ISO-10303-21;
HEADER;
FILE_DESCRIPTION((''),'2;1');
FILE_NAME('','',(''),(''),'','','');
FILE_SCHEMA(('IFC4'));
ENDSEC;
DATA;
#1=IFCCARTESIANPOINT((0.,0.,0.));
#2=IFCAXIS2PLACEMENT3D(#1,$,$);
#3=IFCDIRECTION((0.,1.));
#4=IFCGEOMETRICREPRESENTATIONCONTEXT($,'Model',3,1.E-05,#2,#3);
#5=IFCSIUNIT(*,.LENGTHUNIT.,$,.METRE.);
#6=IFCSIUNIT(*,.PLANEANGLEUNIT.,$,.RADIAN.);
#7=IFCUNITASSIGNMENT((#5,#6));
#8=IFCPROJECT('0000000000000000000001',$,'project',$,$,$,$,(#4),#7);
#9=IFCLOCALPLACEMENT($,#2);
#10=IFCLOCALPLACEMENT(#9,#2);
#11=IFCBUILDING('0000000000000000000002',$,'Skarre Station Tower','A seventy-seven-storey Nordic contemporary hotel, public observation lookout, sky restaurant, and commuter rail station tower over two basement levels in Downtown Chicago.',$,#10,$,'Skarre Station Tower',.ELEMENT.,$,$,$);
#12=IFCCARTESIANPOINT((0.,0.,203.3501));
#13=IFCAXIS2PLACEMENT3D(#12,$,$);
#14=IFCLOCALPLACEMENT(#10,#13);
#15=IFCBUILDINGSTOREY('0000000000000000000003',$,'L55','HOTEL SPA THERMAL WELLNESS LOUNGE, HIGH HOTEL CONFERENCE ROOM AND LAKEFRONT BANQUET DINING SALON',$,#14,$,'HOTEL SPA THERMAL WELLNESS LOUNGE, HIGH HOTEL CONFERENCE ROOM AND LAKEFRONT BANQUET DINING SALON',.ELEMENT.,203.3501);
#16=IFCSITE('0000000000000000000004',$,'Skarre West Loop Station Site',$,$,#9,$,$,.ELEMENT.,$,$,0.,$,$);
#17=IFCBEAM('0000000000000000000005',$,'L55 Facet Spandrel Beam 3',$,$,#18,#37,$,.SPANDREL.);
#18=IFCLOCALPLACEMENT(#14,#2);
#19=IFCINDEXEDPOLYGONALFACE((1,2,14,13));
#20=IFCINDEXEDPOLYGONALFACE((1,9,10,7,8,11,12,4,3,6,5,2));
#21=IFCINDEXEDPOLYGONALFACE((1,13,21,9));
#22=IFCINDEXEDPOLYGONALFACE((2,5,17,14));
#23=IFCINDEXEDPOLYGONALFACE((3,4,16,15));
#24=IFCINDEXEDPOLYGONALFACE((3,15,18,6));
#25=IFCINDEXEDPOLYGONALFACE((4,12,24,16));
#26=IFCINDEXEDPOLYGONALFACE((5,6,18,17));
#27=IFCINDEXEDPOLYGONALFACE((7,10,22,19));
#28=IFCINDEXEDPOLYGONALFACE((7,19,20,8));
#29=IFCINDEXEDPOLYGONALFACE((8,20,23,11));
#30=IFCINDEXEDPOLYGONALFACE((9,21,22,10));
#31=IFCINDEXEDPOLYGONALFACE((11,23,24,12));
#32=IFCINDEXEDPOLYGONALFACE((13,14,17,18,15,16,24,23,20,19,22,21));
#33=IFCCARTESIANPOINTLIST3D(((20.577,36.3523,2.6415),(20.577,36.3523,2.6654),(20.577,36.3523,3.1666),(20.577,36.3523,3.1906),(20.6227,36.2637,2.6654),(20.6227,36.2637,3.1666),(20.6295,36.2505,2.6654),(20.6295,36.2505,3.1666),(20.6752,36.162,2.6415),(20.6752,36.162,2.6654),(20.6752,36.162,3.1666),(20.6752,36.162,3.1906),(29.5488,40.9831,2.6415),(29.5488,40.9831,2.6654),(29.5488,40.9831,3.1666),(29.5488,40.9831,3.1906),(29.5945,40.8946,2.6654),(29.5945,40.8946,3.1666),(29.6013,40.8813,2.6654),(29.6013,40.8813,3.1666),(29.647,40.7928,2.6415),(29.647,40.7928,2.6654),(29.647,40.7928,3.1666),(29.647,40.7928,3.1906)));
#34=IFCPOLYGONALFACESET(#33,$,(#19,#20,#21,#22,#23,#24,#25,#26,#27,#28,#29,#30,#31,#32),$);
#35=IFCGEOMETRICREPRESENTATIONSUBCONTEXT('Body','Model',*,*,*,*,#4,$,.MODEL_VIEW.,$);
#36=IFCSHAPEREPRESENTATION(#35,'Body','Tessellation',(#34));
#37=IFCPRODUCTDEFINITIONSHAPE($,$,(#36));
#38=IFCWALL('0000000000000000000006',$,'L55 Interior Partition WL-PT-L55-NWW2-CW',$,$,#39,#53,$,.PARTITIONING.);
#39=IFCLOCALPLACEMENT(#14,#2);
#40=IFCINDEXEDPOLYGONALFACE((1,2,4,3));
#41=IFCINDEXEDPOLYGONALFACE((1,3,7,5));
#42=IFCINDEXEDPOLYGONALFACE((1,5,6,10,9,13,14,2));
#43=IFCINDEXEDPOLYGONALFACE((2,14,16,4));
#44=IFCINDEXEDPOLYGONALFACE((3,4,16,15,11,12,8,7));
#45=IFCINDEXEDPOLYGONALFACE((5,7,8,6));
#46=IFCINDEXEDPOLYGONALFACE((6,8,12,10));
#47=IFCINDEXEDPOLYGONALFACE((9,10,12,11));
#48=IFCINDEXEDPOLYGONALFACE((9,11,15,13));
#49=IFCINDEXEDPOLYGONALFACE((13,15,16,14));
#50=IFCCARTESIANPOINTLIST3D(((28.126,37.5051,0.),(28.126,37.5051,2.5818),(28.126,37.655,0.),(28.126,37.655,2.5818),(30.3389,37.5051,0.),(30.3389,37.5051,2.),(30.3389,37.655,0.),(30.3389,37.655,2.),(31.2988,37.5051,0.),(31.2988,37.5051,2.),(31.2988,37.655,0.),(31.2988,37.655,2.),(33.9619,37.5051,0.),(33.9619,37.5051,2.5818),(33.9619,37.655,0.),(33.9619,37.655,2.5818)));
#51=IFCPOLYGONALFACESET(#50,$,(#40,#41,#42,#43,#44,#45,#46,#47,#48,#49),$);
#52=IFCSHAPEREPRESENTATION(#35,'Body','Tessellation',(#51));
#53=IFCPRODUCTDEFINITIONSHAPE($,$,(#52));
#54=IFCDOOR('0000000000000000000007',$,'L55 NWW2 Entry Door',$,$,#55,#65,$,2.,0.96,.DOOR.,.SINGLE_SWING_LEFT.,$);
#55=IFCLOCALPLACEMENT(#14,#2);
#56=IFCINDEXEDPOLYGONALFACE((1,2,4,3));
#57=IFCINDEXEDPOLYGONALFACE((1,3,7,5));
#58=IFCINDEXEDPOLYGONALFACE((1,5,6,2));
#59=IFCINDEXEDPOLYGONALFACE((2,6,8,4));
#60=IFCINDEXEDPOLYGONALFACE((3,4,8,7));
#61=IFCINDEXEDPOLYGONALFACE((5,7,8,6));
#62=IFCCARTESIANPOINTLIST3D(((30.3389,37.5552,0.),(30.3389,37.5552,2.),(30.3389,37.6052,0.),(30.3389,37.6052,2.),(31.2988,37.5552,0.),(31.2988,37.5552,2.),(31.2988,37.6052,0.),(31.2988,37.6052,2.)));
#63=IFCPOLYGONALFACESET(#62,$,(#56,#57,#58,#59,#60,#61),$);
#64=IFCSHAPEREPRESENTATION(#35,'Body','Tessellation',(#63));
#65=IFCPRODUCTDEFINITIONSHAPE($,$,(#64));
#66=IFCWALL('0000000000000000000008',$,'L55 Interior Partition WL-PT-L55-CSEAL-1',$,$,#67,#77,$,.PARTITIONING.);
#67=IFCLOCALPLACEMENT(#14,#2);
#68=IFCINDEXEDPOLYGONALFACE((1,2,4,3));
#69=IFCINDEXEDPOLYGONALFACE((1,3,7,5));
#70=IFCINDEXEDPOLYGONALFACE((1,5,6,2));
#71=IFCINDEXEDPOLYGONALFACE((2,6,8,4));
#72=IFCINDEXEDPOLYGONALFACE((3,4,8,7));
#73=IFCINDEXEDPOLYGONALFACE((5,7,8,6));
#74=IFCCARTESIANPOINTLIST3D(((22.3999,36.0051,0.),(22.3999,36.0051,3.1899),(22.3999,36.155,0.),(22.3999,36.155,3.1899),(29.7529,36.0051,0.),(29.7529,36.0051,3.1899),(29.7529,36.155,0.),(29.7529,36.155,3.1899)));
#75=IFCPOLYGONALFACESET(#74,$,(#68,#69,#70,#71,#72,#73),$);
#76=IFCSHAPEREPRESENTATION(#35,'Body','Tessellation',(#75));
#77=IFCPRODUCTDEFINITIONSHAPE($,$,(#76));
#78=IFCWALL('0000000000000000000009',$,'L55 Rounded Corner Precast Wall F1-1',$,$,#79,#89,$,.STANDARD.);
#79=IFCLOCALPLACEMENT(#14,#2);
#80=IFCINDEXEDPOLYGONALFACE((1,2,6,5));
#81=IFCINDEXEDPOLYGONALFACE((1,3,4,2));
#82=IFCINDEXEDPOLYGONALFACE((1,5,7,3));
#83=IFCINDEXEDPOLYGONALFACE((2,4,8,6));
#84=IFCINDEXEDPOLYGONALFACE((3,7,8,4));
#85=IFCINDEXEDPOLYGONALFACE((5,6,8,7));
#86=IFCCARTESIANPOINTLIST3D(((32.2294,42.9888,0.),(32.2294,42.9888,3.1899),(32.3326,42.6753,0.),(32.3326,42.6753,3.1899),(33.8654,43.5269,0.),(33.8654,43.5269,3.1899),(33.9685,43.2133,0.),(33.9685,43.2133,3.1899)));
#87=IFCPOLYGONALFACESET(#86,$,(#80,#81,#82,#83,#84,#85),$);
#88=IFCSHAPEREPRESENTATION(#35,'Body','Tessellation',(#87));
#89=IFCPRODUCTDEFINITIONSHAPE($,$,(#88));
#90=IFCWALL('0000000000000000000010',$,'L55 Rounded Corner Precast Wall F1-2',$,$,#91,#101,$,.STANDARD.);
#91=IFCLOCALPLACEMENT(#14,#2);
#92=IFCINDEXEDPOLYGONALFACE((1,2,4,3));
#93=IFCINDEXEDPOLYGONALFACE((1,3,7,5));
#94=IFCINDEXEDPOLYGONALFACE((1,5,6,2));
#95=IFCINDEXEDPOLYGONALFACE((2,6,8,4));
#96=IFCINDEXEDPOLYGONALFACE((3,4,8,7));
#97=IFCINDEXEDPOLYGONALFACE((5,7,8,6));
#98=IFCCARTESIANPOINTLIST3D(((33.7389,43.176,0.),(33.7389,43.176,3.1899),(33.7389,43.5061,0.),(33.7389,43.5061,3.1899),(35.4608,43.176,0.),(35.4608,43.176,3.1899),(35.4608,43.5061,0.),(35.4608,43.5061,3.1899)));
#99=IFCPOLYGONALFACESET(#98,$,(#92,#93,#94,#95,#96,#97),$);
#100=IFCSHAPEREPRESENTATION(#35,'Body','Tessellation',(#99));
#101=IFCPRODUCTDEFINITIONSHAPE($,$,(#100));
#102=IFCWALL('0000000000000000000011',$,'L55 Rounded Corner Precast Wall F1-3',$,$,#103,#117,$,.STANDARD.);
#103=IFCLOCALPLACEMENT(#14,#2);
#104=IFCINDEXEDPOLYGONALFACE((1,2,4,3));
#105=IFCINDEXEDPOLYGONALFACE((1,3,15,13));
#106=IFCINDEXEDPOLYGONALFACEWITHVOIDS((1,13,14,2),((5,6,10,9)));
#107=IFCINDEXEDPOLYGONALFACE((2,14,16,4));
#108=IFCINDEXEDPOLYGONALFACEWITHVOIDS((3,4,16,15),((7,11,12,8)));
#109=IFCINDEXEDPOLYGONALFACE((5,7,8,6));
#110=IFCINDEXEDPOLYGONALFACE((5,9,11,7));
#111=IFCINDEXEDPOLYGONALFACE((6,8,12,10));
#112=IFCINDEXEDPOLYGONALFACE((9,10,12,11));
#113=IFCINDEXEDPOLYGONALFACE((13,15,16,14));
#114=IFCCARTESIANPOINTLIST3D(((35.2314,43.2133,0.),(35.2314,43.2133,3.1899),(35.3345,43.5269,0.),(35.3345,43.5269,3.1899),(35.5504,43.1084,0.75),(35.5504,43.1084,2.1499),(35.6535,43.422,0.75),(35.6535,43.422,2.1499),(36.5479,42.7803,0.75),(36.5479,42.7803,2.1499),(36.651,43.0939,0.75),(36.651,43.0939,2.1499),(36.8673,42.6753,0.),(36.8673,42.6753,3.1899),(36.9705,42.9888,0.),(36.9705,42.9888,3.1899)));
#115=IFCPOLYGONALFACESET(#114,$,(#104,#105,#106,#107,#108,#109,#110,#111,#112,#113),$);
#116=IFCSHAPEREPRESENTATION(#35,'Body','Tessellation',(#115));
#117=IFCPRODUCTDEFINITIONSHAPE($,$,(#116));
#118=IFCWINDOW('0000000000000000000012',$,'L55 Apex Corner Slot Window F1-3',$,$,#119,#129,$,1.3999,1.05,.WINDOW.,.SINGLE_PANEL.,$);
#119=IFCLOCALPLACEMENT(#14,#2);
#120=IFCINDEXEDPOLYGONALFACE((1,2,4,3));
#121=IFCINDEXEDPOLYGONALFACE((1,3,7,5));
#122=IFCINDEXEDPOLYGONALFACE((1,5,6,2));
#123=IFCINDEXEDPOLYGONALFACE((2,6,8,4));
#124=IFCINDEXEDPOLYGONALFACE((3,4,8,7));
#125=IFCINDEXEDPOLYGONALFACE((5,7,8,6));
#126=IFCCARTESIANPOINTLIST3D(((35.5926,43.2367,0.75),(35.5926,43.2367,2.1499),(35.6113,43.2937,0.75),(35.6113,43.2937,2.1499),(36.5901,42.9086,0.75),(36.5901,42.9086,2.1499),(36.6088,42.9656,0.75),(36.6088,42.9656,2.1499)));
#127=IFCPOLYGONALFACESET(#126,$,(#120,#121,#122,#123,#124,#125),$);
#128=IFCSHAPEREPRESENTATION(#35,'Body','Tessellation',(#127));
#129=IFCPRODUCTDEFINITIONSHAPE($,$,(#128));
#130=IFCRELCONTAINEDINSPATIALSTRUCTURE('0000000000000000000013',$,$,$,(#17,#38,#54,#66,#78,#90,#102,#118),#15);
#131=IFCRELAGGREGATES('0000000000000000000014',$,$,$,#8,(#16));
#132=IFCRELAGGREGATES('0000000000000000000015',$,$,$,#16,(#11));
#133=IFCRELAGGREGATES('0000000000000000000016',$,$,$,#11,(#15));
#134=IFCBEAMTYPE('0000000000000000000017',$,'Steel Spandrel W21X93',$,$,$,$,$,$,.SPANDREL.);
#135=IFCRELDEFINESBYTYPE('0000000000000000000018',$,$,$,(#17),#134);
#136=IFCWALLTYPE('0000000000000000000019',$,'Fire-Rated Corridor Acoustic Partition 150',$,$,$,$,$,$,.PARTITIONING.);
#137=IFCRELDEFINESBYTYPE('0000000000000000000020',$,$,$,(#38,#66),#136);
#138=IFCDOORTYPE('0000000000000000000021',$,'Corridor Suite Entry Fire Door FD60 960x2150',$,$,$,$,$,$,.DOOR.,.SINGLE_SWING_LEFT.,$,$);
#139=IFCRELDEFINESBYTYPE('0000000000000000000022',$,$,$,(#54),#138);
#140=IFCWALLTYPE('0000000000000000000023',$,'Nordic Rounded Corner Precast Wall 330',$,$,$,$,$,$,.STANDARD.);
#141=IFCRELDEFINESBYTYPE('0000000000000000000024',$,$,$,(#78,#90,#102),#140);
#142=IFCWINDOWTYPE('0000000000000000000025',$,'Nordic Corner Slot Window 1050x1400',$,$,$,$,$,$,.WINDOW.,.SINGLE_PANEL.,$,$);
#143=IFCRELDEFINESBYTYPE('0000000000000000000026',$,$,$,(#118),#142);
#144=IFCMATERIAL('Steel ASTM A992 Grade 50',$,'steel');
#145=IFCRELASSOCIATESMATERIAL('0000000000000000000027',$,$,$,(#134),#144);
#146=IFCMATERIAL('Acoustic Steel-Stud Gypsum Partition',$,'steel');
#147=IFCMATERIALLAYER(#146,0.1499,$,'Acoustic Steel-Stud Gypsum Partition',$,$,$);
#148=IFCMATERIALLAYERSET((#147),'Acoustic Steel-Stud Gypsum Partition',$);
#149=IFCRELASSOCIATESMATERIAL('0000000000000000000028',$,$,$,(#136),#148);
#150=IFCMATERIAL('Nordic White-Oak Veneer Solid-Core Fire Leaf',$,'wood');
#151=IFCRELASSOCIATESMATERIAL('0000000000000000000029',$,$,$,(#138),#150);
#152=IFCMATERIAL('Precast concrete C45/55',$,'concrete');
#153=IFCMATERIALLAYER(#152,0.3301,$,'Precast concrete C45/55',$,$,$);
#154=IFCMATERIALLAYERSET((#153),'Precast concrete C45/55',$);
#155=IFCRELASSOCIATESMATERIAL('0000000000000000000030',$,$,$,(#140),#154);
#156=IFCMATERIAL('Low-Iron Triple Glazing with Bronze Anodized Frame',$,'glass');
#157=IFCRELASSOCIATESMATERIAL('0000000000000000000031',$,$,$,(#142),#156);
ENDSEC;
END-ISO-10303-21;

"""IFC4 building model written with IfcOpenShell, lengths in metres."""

from ifc_helpers import new_model, si_unit, direction, frame, frame_2d, origin, origin_2d, place, context, subcontext, project, spatial, rectangle, i_section, extrude, material, layer, layer_set, material_profile, profile_set, type_object, element, fill, save


model = new_model("IFC4")

# Units and contexts
model_context = context("Model", 3, precision=1e-05, world=origin(), true_north=direction((0.0, 1.0)))
body_context = subcontext(model_context, "Body", "Model", "MODEL_VIEW")
ifc_project = project(units=[si_unit("LENGTHUNIT", "METRE"), si_unit("PLANEANGLEUNIT", "RADIAN")], contexts=[model_context])

# Site, building, storey
site_placement = place(None, origin())
site = spatial("IfcSite", under=ifc_project, at=site_placement, Name="Skarre West Loop Station Site", CompositionType="ELEMENT", RefElevation=0.0)
building_placement = place(site_placement, origin())
building = spatial("IfcBuilding", under=site, at=building_placement, Name="Skarre Station Tower", Description="A seventy-seven-storey Nordic contemporary hotel, public observation lookout, sky restaurant, and commuter rail station tower over two basement levels in Downtown Chicago.", LongName="Skarre Station Tower", CompositionType="ELEMENT")
storey_placement = place(building_placement, frame((0.0, 0.0, 203.3501)))
storey = spatial("IfcBuildingStorey", under=building, at=storey_placement, Name="L55", Description="HOTEL SPA THERMAL WELLNESS LOUNGE, HIGH HOTEL CONFERENCE ROOM AND LAKEFRONT BANQUET DINING SALON", LongName="HOTEL SPA THERMAL WELLNESS LOUNGE, HIGH HOTEL CONFERENCE ROOM AND LAKEFRONT BANQUET DINING SALON", CompositionType="ELEMENT", Elevation=203.3501)

# Beam
ifc_material_1 = material(Name="Steel ASTM A992 Grade 50", Category="steel")
ifc_material_profile_1 = material_profile(ifc_material_1, i_section(OverallWidth=0.2141, OverallDepth=0.5491, WebThickness=0.0149, FlangeThickness=0.0239, at=origin_2d()), Name="Steel ASTM A992 Grade 50")
ifc_profile_set_1 = profile_set([ifc_material_profile_1], Name="Steel ASTM A992 Grade 50")
beam_type_1 = type_object("IfcBeamType", Name="Steel Spandrel W21X93", PredefinedType="SPANDREL", material=ifc_profile_set_1)
beam_1_placement = place(storey_placement, frame((29.5979, 40.8879, 2.916), z_axis=(-0.888613, -0.458658, 0.0), x_axis=(0.458658, -0.888613, 0.0)))
element("IfcBeam", 1, at=beam_1_placement, inside=storey, type_object=beam_type_1, Name="L55 Facet Spandrel Beam 3", PredefinedType="SPANDREL", context=body_context, shape_type="SweptSolid", body=[
    extrude(i_section(OverallWidth=0.2141, OverallDepth=0.5491, WebThickness=0.0149, FlangeThickness=0.0239, at=origin_2d()), origin(), (0.0, 0.0, 1.0), 10.0964),
])

# Wall, opening, door
ifc_material_2 = material(Name="Acoustic Steel-Stud Gypsum Partition", Category="steel")
ifc_layer_1 = layer(ifc_material_2, 0.1499, Name="Acoustic Steel-Stud Gypsum Partition")
ifc_layer_set_1 = layer_set([ifc_layer_1], Name="Acoustic Steel-Stud Gypsum Partition")
wall_type_1 = type_object("IfcWallType", Name="Fire-Rated Corridor Acoustic Partition 150", PredefinedType="PARTITIONING", material=ifc_layer_set_1)
wall_1_placement = place(storey_placement, frame((33.9619, 37.5801, 0.0), z_axis=(0.0, 0.0, 1.0), x_axis=(-1.0, 0.0, 0.0)))
wall_1 = element("IfcWall", 2, at=wall_1_placement, inside=storey, type_object=wall_type_1, Name="L55 Interior Partition WL-PT-L55-NWW2-CW", PredefinedType="PARTITIONING", context=body_context, shape_type="SweptSolid", body=[
    extrude(rectangle(XDim=5.8359, YDim=0.1499, at=frame_2d((2.918, 0.0))), origin(), (0.0, 0.0, 1.0), 2.5818),
])
opening_1_placement = place(wall_1_placement, frame((2.6631, 0.0, 0.0)))
opening_1 = element("IfcOpeningElement", 3, at=opening_1_placement, cuts=wall_1, PredefinedType="OPENING", context=body_context, shape_type="SweptSolid", body=[
    extrude(rectangle(XDim=0.96, YDim=2.0, at=frame_2d((0.48, 1.0))), frame((0.0, 0.085, 0.0), z_axis=(0.0, -1.0, 0.0), x_axis=(1.0, 0.0, 0.0)), (0.0, 0.0, 1.0), 0.1699),
])
ifc_material_3 = material(Name="Nordic White-Oak Veneer Solid-Core Fire Leaf", Category="wood")
door_type = type_object("IfcDoorType", Name="Corridor Suite Entry Fire Door FD60 960x2150", OperationType="SINGLE_SWING_LEFT", PredefinedType="DOOR", material=ifc_material_3)
door_placement = place(opening_1_placement, origin())
door = element("IfcDoor", 4, at=door_placement, inside=storey, type_object=door_type, Name="L55 NWW2 Entry Door", OperationType="SINGLE_SWING_LEFT", OverallHeight=2.0, OverallWidth=0.96, PredefinedType="DOOR", context=body_context, shape_type="SweptSolid", body=[
    extrude(rectangle(XDim=0.96, YDim=2.0, at=frame_2d((0.48, 1.0))), frame((0.0, 0.0249, 0.0), z_axis=(0.0, -1.0, 0.0), x_axis=(1.0, 0.0, 0.0)), (0.0, 0.0, 1.0), 0.05),
])
fill(opening_1, door)

# Walls
wall_2_placement = place(storey_placement, frame((29.7529, 36.0801, 0.0), z_axis=(0.0, 0.0, 1.0), x_axis=(-1.0, 0.0, 0.0)))
element("IfcWall", 5, at=wall_2_placement, inside=storey, type_object=wall_type_1, Name="L55 Interior Partition WL-PT-L55-CSEAL-1", PredefinedType="PARTITIONING", context=body_context, shape_type="SweptSolid", body=[
    extrude(rectangle(XDim=7.353, YDim=0.1499, at=frame_2d((3.6765, 0.0))), origin(), (0.0, 0.0, 1.0), 3.1899),
])
ifc_material_4 = material(Name="Precast concrete C45/55", Category="concrete")
ifc_layer_2 = layer(ifc_material_4, 0.3301, Name="Precast concrete C45/55")
ifc_layer_set_2 = layer_set([ifc_layer_2], Name="Precast concrete C45/55")
wall_type_2 = type_object("IfcWallType", Name="Nordic Rounded Corner Precast Wall 330", PredefinedType="STANDARD", material=ifc_layer_set_2)
wall_3_placement = place(storey_placement, frame((32.281, 42.832, 0.0), z_axis=(0.0, 0.0, 1.0), x_axis=(0.949937, 0.31244, 0.0)))
element("IfcWall", 6, at=wall_3_placement, inside=storey, type_object=wall_type_2, Name="L55 Rounded Corner Precast Wall F1-1", PredefinedType="STANDARD", context=body_context, shape_type="SweptSolid", body=[
    extrude(rectangle(XDim=1.7222, YDim=0.3301, at=frame_2d((0.8611, 0.0))), origin(), (0.0, 0.0, 1.0), 3.1899),
])
wall_4_placement = place(storey_placement, frame((33.739, 43.3411, 0.0), z_axis=(0.0, 0.0, 1.0), x_axis=(1.0, 0.0, 0.0)))
element("IfcWall", 7, at=wall_4_placement, inside=storey, type_object=wall_type_2, Name="L55 Rounded Corner Precast Wall F1-2", PredefinedType="STANDARD", context=body_context, shape_type="SweptSolid", body=[
    extrude(rectangle(XDim=1.7219, YDim=0.3301, at=frame_2d((0.8608, 0.0))), origin(), (0.0, 0.0, 1.0), 3.1899),
])

# Wall, opening, window
wall_5_placement = place(storey_placement, frame((35.283, 43.3701, 0.0), z_axis=(0.0, 0.0, 1.0), x_axis=(0.949937, -0.31244, 0.0)))
wall_5 = element("IfcWall", 8, at=wall_5_placement, inside=storey, type_object=wall_type_2, Name="L55 Rounded Corner Precast Wall F1-3", PredefinedType="STANDARD", context=body_context, shape_type="SweptSolid", body=[
    extrude(rectangle(XDim=1.7222, YDim=0.3301, at=frame_2d((0.8611, 0.0))), origin(), (0.0, 0.0, 1.0), 3.1899),
])
opening_2_placement = place(wall_5_placement, frame((0.3359, 0.0, 0.75)))
opening_2 = element("IfcOpeningElement", 9, at=opening_2_placement, cuts=wall_5, PredefinedType="OPENING", context=body_context, shape_type="SweptSolid", body=[
    extrude(rectangle(XDim=1.05, YDim=1.3999, at=frame_2d((0.5249, 0.7))), frame((0.0, 0.175, 0.0), z_axis=(0.0, -1.0, 0.0), x_axis=(1.0, 0.0, 0.0)), (0.0, 0.0, 1.0), 0.3501),
])
ifc_material_5 = material(Name="Low-Iron Triple Glazing with Bronze Anodized Frame", Category="glass")
window_type_1 = type_object("IfcWindowType", Name="Nordic Corner Slot Window 1050x1400", PartitioningType="SINGLE_PANEL", PredefinedType="WINDOW", material=ifc_material_5)
window_1_placement = place(opening_2_placement, origin())
window_1 = element("IfcWindow", 10, at=window_1_placement, inside=storey, type_object=window_type_1, Name="L55 Apex Corner Slot Window F1-3", OverallHeight=1.3999, OverallWidth=1.05, PartitioningType="SINGLE_PANEL", PredefinedType="WINDOW", context=body_context, shape_type="SweptSolid", body=[
    extrude(rectangle(XDim=1.05, YDim=1.3999, at=frame_2d((0.5249, 0.7))), frame((0.0, 0.03, 0.0), z_axis=(0.0, -1.0, 0.0), x_axis=(1.0, 0.0, 0.0)), (0.0, 0.0, 1.0), 0.0601),
])
fill(opening_2, window_1)

save(model, "model.ifc")
